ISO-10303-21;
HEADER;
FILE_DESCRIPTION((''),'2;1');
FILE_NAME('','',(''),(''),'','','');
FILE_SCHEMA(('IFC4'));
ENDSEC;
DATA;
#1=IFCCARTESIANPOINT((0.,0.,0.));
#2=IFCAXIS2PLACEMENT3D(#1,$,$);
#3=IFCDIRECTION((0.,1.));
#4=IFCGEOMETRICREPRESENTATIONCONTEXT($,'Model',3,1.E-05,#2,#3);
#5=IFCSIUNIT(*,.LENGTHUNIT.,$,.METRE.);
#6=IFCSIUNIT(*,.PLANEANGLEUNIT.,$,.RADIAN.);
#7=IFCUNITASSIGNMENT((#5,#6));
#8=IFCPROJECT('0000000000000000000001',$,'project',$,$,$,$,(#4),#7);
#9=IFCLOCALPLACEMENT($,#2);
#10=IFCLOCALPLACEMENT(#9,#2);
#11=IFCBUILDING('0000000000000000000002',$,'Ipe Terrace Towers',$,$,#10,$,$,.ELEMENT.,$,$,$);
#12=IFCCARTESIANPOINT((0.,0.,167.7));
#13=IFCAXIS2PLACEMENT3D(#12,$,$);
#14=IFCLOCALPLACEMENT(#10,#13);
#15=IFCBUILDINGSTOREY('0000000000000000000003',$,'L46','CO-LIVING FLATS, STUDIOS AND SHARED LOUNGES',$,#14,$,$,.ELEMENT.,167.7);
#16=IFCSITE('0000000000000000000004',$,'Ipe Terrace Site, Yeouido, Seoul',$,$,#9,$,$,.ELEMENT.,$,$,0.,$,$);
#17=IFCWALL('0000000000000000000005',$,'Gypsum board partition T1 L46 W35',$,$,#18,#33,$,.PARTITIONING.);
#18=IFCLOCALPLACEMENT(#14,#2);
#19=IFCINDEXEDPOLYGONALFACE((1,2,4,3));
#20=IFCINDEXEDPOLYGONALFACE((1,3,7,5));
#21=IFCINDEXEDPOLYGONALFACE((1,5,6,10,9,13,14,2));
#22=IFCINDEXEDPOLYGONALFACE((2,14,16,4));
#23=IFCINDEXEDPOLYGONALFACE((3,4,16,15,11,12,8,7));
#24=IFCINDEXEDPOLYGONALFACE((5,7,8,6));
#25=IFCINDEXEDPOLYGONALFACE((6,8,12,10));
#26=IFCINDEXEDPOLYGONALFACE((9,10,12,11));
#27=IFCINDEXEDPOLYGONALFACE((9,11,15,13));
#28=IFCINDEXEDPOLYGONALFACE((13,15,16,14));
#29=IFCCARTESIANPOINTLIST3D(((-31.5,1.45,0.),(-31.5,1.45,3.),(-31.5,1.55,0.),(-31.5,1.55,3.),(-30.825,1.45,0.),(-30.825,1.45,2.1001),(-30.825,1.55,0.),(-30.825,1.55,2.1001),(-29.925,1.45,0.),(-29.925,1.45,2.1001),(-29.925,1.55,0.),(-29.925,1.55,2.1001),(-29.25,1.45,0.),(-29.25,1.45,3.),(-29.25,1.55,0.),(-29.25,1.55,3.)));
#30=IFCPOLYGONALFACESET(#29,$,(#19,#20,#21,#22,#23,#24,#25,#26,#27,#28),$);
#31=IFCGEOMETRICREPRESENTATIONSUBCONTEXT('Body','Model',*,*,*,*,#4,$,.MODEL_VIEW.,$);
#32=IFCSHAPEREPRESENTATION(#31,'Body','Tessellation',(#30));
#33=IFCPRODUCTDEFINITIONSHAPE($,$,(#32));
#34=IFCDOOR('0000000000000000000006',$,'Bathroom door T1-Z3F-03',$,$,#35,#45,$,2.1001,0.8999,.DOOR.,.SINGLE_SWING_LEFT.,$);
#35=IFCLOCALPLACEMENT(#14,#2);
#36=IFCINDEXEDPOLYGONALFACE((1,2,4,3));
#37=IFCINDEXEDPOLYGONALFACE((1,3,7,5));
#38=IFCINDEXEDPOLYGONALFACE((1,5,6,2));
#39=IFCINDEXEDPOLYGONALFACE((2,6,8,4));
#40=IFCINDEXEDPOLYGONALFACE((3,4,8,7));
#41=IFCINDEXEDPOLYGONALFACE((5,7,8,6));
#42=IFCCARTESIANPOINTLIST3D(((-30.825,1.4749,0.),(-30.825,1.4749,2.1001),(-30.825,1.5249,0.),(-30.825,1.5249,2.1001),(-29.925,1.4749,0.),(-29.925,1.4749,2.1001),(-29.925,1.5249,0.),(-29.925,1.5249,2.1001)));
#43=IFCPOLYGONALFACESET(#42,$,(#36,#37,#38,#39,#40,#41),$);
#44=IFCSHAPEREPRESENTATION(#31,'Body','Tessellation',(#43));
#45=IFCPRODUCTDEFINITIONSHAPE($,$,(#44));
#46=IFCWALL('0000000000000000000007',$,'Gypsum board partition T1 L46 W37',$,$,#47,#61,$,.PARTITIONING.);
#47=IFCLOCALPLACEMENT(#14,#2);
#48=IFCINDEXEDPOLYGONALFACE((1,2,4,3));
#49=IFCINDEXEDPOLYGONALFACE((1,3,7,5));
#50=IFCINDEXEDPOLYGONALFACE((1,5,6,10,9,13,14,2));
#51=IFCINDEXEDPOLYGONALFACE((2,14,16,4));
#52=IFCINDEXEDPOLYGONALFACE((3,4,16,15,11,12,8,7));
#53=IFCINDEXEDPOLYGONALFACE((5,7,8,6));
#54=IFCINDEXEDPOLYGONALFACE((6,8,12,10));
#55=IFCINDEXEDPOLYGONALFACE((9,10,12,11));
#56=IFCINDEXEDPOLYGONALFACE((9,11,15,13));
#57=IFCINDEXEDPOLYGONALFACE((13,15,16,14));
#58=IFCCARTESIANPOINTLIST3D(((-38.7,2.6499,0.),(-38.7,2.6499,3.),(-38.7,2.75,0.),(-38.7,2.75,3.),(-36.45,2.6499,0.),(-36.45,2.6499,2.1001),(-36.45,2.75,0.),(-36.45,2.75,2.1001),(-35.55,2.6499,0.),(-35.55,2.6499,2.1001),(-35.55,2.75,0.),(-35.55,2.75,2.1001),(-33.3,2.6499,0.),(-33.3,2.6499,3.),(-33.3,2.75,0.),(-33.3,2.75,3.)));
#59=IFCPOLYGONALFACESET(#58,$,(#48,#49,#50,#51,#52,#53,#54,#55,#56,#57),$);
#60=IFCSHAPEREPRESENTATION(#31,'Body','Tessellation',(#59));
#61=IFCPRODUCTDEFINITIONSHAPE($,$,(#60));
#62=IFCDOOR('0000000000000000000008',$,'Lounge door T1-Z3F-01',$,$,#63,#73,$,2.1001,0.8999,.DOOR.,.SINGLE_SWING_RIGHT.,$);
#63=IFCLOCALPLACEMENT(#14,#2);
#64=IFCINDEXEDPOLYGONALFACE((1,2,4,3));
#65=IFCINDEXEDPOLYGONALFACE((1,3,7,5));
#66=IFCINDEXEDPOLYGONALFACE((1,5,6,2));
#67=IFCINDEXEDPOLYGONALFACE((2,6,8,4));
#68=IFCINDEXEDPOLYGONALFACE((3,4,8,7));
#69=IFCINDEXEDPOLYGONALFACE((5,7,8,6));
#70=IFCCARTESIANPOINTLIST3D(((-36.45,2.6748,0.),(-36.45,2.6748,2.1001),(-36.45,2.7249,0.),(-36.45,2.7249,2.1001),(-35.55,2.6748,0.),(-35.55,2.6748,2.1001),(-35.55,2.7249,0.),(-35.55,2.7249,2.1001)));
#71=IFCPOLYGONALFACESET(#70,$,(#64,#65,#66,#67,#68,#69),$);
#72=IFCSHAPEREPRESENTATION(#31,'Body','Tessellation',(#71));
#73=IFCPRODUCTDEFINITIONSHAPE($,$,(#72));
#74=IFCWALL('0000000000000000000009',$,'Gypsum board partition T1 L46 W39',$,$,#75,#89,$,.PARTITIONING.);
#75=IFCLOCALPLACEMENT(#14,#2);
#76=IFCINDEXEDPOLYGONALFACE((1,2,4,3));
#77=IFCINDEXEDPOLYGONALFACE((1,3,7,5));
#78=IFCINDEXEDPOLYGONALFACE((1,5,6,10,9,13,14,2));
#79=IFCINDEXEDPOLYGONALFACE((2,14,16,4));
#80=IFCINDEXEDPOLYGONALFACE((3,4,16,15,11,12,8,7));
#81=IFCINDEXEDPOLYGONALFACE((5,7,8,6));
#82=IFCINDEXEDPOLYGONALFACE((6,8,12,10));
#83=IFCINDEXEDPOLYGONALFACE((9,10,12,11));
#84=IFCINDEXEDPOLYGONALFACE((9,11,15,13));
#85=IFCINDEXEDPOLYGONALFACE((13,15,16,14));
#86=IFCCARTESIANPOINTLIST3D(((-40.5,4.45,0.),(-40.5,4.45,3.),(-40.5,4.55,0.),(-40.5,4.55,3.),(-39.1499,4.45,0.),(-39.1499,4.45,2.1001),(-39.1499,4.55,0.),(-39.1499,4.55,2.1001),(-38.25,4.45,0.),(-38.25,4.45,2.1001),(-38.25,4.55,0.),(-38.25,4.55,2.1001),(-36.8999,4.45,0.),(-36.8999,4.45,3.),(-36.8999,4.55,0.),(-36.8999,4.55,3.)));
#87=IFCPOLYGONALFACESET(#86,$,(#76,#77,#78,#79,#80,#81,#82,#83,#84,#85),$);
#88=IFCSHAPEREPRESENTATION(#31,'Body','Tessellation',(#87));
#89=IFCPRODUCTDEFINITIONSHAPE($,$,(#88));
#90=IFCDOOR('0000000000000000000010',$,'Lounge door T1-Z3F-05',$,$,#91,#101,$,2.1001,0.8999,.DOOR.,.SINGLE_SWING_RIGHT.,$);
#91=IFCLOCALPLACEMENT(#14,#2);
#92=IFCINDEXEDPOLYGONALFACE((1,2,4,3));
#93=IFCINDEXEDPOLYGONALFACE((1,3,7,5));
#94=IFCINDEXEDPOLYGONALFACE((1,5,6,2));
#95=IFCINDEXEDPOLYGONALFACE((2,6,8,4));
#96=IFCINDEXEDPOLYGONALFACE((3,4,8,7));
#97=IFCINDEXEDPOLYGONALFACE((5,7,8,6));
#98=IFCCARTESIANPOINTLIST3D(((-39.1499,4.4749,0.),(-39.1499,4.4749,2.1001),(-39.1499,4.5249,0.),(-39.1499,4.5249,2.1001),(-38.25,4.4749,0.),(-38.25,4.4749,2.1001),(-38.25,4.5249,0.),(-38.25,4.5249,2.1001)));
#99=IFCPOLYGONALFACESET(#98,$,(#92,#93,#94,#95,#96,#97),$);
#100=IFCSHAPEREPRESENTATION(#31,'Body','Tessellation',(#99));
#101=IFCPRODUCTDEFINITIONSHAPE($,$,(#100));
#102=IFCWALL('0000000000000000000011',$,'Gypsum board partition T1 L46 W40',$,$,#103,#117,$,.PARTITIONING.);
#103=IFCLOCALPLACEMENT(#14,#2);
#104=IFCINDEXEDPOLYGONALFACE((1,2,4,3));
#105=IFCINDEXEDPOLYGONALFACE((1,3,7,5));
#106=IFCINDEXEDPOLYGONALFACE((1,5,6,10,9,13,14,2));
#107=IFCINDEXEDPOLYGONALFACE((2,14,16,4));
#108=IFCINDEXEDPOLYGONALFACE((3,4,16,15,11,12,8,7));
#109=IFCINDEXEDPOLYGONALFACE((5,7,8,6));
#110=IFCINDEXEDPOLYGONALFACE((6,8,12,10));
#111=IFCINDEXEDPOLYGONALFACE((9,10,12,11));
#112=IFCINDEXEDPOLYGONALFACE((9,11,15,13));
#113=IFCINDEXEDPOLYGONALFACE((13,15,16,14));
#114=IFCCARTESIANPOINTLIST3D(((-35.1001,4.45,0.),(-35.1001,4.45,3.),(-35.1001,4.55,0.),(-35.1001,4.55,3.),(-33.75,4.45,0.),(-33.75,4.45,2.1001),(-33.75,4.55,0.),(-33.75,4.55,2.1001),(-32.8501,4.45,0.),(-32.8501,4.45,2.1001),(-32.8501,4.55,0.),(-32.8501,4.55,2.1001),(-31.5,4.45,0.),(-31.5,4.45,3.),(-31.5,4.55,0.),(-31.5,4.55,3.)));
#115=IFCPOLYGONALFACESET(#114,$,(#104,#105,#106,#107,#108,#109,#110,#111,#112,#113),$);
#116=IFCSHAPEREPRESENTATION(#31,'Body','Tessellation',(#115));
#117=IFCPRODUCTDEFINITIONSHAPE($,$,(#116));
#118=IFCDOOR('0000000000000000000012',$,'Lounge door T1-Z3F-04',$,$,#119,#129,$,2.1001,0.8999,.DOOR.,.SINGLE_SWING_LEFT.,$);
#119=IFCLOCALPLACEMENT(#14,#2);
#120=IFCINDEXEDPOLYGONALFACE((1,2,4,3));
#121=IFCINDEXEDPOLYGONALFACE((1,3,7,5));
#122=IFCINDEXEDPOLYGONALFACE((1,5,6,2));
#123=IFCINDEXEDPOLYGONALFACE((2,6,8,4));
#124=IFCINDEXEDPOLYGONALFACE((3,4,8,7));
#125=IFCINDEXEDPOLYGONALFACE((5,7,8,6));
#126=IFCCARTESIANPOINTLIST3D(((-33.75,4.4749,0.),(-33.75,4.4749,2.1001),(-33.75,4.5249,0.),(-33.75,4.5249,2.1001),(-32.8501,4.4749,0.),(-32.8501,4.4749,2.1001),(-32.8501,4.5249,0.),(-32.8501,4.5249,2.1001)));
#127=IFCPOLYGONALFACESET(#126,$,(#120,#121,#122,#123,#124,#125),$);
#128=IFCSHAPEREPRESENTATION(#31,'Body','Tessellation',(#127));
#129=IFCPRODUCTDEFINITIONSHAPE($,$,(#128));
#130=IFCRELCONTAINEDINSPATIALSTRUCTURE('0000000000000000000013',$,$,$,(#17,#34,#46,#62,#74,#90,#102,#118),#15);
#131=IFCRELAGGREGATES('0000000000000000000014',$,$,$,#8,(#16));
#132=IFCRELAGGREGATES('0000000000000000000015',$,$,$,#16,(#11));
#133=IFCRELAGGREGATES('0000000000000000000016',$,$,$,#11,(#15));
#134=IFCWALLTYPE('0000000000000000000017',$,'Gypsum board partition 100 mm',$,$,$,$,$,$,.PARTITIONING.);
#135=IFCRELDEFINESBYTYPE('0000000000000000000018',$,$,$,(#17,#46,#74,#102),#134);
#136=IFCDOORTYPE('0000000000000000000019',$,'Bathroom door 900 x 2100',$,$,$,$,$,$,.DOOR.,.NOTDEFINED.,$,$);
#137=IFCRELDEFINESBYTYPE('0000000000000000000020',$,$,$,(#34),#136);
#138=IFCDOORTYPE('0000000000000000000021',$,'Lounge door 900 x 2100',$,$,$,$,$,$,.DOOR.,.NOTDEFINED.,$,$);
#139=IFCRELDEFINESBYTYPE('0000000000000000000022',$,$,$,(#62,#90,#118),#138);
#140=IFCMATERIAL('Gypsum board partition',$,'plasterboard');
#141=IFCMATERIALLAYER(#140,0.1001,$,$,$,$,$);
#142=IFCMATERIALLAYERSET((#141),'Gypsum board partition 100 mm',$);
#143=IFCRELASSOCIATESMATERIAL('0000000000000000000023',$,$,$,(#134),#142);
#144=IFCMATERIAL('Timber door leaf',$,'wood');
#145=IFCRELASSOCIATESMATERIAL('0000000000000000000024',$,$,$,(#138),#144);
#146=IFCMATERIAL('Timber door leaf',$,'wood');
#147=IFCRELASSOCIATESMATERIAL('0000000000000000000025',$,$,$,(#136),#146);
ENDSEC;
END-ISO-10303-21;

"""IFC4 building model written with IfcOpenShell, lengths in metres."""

from ifc_helpers import new_model, si_unit, direction, frame, frame_2d, origin, place, context, subcontext, project, spatial, rectangle, extrude, material, layer, layer_set, type_object, element, fill, save


model = new_model("IFC4")

# Units and contexts
model_context = context("Model", 3, precision=1e-05, world=origin(), true_north=direction((0.0, 1.0)))
body_context = subcontext(model_context, "Body", "Model", "MODEL_VIEW")
ifc_project = project(units=[si_unit("LENGTHUNIT", "METRE"), si_unit("PLANEANGLEUNIT", "RADIAN")], contexts=[model_context])

# Site, building, storey
site_placement = place(None, origin())
site = spatial("IfcSite", under=ifc_project, at=site_placement, Name="Ipe Terrace Site, Yeouido, Seoul", CompositionType="ELEMENT", RefElevation=0.0)
building_placement = place(site_placement, origin())
building = spatial("IfcBuilding", under=site, at=building_placement, Name="Ipe Terrace Towers", CompositionType="ELEMENT")
storey_placement = place(building_placement, frame((0.0, 0.0, 167.7)))
storey = spatial("IfcBuildingStorey", under=building, at=storey_placement, Name="L46", Description="CO-LIVING FLATS, STUDIOS AND SHARED LOUNGES", CompositionType="ELEMENT", Elevation=167.7)

# Shared definitions
ifc_material_1 = material(Name="Gypsum board partition", Category="plasterboard")
ifc_layer = layer(ifc_material_1, 0.1001)
ifc_layer_set = layer_set([ifc_layer], Name="Gypsum board partition 100 mm")
wall_type = type_object("IfcWallType", Name="Gypsum board partition 100 mm", PredefinedType="PARTITIONING", material=ifc_layer_set)
ifc_material_2 = material(Name="Timber door leaf", Category="wood")
door_type_1 = type_object("IfcDoorType", Name="Lounge door 900 x 2100", OperationType="NOTDEFINED", PredefinedType="DOOR", material=ifc_material_2)

# Walls, openings, doors
wall_1_placement = place(storey_placement, frame((-31.5, 1.5, 0.0), z_axis=(0.0, 0.0, 1.0), x_axis=(1.0, 0.0, 0.0)))
wall_1 = element("IfcWall", 1, at=wall_1_placement, inside=storey, type_object=wall_type, Name="Gypsum board partition T1 L46 W35", PredefinedType="PARTITIONING", context=body_context, shape_type="SweptSolid", body=[
    extrude(rectangle(XDim=2.25, YDim=0.1001, at=frame_2d((1.125, 0.0))), origin(), (0.0, 0.0, 1.0), 3.0),
])
opening_1_placement = place(wall_1_placement, frame((0.675, 0.0, 0.0)))
opening_1 = element("IfcOpeningElement", 2, at=opening_1_placement, cuts=wall_1, PredefinedType="OPENING", context=body_context, shape_type="SweptSolid", body=[
    extrude(rectangle(XDim=0.8999, YDim=2.1001, at=frame_2d((0.45, 1.05))), frame((0.0, 0.0601, 0.0), z_axis=(0.0, -1.0, 0.0), x_axis=(1.0, 0.0, 0.0)), (0.0, 0.0, 1.0), 0.1201),
])
ifc_material_3 = material(Name="Timber door leaf", Category="wood")
door_type_2 = type_object("IfcDoorType", Name="Bathroom door 900 x 2100", OperationType="NOTDEFINED", PredefinedType="DOOR", material=ifc_material_3)
door_1_placement = place(opening_1_placement, origin())
door_1 = element("IfcDoor", 3, at=door_1_placement, inside=storey, type_object=door_type_2, Name="Bathroom door T1-Z3F-03", OperationType="SINGLE_SWING_LEFT", OverallHeight=2.1001, OverallWidth=0.8999, PredefinedType="DOOR", context=body_context, shape_type="SweptSolid", body=[
    extrude(rectangle(XDim=0.8999, YDim=2.1001, at=frame_2d((0.45, 1.05))), frame((0.0, 0.0249, 0.0), z_axis=(0.0, -1.0, 0.0), x_axis=(1.0, 0.0, 0.0)), (0.0, 0.0, 1.0), 0.05),
])
fill(opening_1, door_1)
wall_2_placement = place(storey_placement, frame((-38.7, 2.7, 0.0), z_axis=(0.0, 0.0, 1.0), x_axis=(1.0, 0.0, 0.0)))
wall_2 = element("IfcWall", 4, at=wall_2_placement, inside=storey, type_object=wall_type, Name="Gypsum board partition T1 L46 W37", PredefinedType="PARTITIONING", context=body_context, shape_type="SweptSolid", body=[
    extrude(rectangle(XDim=5.3999, YDim=0.1001, at=frame_2d((2.7, 0.0))), origin(), (0.0, 0.0, 1.0), 3.0),
])
opening_2_placement = place(wall_2_placement, frame((2.25, 0.0, 0.0)))
opening_2 = element("IfcOpeningElement", 5, at=opening_2_placement, cuts=wall_2, PredefinedType="OPENING", context=body_context, shape_type="SweptSolid", body=[
    extrude(rectangle(XDim=0.8999, YDim=2.1001, at=frame_2d((0.45, 1.05))), frame((0.0, 0.0601, 0.0), z_axis=(0.0, -1.0, 0.0), x_axis=(1.0, 0.0, 0.0)), (0.0, 0.0, 1.0), 0.1201),
])
door_2_placement = place(opening_2_placement, origin())
door_2 = element("IfcDoor", 6, at=door_2_placement, inside=storey, type_object=door_type_1, Name="Lounge door T1-Z3F-01", OperationType="SINGLE_SWING_RIGHT", OverallHeight=2.1001, OverallWidth=0.8999, PredefinedType="DOOR", context=body_context, shape_type="SweptSolid", body=[
    extrude(rectangle(XDim=0.8999, YDim=2.1001, at=frame_2d((0.45, 1.05))), frame((0.0, 0.0249, 0.0), z_axis=(0.0, -1.0, 0.0), x_axis=(1.0, 0.0, 0.0)), (0.0, 0.0, 1.0), 0.05),
])
fill(opening_2, door_2)
wall_3_placement = place(storey_placement, frame((-40.5, 4.5, 0.0), z_axis=(0.0, 0.0, 1.0), x_axis=(1.0, 0.0, 0.0)))
wall_3 = element("IfcWall", 7, at=wall_3_placement, inside=storey, type_object=wall_type, Name="Gypsum board partition T1 L46 W39", PredefinedType="PARTITIONING", context=body_context, shape_type="SweptSolid", body=[
    extrude(rectangle(XDim=3.6001, YDim=0.1001, at=frame_2d((1.8, 0.0))), origin(), (0.0, 0.0, 1.0), 3.0),
])
opening_3_placement = place(wall_3_placement, frame((1.3501, 0.0, 0.0)))
opening_3 = element("IfcOpeningElement", 8, at=opening_3_placement, cuts=wall_3, PredefinedType="OPENING", context=body_context, shape_type="SweptSolid", body=[
    extrude(rectangle(XDim=0.8999, YDim=2.1001, at=frame_2d((0.45, 1.05))), frame((0.0, 0.0601, 0.0), z_axis=(0.0, -1.0, 0.0), x_axis=(1.0, 0.0, 0.0)), (0.0, 0.0, 1.0), 0.1201),
])
door_3_placement = place(opening_3_placement, origin())
door_3 = element("IfcDoor", 9, at=door_3_placement, inside=storey, type_object=door_type_1, Name="Lounge door T1-Z3F-05", OperationType="SINGLE_SWING_RIGHT", OverallHeight=2.1001, OverallWidth=0.8999, PredefinedType="DOOR", context=body_context, shape_type="SweptSolid", body=[
    extrude(rectangle(XDim=0.8999, YDim=2.1001, at=frame_2d((0.45, 1.05))), frame((0.0, 0.0249, 0.0), z_axis=(0.0, -1.0, 0.0), x_axis=(1.0, 0.0, 0.0)), (0.0, 0.0, 1.0), 0.05),
])
fill(opening_3, door_3)
wall_4_placement = place(storey_placement, frame((-35.1001, 4.5, 0.0), z_axis=(0.0, 0.0, 1.0), x_axis=(1.0, 0.0, 0.0)))
wall_4 = element("IfcWall", 10, at=wall_4_placement, inside=storey, type_object=wall_type, Name="Gypsum board partition T1 L46 W40", PredefinedType="PARTITIONING", context=body_context, shape_type="SweptSolid", body=[
    extrude(rectangle(XDim=3.6001, YDim=0.1001, at=frame_2d((1.8, 0.0))), origin(), (0.0, 0.0, 1.0), 3.0),
])
opening_4_placement = place(wall_4_placement, frame((1.3501, 0.0, 0.0)))
opening_4 = element("IfcOpeningElement", 11, at=opening_4_placement, cuts=wall_4, PredefinedType="OPENING", context=body_context, shape_type="SweptSolid", body=[
    extrude(rectangle(XDim=0.8999, YDim=2.1001, at=frame_2d((0.45, 1.05))), frame((0.0, 0.0601, 0.0), z_axis=(0.0, -1.0, 0.0), x_axis=(1.0, 0.0, 0.0)), (0.0, 0.0, 1.0), 0.1201),
])
door_4_placement = place(opening_4_placement, origin())
door_4 = element("IfcDoor", 12, at=door_4_placement, inside=storey, type_object=door_type_1, Name="Lounge door T1-Z3F-04", OperationType="SINGLE_SWING_LEFT", OverallHeight=2.1001, OverallWidth=0.8999, PredefinedType="DOOR", context=body_context, shape_type="SweptSolid", body=[
    extrude(rectangle(XDim=0.8999, YDim=2.1001, at=frame_2d((0.45, 1.05))), frame((0.0, 0.0249, 0.0), z_axis=(0.0, -1.0, 0.0), x_axis=(1.0, 0.0, 0.0)), (0.0, 0.0, 1.0), 0.05),
])
fill(opening_4, door_4)

save(model, "model.ifc")
